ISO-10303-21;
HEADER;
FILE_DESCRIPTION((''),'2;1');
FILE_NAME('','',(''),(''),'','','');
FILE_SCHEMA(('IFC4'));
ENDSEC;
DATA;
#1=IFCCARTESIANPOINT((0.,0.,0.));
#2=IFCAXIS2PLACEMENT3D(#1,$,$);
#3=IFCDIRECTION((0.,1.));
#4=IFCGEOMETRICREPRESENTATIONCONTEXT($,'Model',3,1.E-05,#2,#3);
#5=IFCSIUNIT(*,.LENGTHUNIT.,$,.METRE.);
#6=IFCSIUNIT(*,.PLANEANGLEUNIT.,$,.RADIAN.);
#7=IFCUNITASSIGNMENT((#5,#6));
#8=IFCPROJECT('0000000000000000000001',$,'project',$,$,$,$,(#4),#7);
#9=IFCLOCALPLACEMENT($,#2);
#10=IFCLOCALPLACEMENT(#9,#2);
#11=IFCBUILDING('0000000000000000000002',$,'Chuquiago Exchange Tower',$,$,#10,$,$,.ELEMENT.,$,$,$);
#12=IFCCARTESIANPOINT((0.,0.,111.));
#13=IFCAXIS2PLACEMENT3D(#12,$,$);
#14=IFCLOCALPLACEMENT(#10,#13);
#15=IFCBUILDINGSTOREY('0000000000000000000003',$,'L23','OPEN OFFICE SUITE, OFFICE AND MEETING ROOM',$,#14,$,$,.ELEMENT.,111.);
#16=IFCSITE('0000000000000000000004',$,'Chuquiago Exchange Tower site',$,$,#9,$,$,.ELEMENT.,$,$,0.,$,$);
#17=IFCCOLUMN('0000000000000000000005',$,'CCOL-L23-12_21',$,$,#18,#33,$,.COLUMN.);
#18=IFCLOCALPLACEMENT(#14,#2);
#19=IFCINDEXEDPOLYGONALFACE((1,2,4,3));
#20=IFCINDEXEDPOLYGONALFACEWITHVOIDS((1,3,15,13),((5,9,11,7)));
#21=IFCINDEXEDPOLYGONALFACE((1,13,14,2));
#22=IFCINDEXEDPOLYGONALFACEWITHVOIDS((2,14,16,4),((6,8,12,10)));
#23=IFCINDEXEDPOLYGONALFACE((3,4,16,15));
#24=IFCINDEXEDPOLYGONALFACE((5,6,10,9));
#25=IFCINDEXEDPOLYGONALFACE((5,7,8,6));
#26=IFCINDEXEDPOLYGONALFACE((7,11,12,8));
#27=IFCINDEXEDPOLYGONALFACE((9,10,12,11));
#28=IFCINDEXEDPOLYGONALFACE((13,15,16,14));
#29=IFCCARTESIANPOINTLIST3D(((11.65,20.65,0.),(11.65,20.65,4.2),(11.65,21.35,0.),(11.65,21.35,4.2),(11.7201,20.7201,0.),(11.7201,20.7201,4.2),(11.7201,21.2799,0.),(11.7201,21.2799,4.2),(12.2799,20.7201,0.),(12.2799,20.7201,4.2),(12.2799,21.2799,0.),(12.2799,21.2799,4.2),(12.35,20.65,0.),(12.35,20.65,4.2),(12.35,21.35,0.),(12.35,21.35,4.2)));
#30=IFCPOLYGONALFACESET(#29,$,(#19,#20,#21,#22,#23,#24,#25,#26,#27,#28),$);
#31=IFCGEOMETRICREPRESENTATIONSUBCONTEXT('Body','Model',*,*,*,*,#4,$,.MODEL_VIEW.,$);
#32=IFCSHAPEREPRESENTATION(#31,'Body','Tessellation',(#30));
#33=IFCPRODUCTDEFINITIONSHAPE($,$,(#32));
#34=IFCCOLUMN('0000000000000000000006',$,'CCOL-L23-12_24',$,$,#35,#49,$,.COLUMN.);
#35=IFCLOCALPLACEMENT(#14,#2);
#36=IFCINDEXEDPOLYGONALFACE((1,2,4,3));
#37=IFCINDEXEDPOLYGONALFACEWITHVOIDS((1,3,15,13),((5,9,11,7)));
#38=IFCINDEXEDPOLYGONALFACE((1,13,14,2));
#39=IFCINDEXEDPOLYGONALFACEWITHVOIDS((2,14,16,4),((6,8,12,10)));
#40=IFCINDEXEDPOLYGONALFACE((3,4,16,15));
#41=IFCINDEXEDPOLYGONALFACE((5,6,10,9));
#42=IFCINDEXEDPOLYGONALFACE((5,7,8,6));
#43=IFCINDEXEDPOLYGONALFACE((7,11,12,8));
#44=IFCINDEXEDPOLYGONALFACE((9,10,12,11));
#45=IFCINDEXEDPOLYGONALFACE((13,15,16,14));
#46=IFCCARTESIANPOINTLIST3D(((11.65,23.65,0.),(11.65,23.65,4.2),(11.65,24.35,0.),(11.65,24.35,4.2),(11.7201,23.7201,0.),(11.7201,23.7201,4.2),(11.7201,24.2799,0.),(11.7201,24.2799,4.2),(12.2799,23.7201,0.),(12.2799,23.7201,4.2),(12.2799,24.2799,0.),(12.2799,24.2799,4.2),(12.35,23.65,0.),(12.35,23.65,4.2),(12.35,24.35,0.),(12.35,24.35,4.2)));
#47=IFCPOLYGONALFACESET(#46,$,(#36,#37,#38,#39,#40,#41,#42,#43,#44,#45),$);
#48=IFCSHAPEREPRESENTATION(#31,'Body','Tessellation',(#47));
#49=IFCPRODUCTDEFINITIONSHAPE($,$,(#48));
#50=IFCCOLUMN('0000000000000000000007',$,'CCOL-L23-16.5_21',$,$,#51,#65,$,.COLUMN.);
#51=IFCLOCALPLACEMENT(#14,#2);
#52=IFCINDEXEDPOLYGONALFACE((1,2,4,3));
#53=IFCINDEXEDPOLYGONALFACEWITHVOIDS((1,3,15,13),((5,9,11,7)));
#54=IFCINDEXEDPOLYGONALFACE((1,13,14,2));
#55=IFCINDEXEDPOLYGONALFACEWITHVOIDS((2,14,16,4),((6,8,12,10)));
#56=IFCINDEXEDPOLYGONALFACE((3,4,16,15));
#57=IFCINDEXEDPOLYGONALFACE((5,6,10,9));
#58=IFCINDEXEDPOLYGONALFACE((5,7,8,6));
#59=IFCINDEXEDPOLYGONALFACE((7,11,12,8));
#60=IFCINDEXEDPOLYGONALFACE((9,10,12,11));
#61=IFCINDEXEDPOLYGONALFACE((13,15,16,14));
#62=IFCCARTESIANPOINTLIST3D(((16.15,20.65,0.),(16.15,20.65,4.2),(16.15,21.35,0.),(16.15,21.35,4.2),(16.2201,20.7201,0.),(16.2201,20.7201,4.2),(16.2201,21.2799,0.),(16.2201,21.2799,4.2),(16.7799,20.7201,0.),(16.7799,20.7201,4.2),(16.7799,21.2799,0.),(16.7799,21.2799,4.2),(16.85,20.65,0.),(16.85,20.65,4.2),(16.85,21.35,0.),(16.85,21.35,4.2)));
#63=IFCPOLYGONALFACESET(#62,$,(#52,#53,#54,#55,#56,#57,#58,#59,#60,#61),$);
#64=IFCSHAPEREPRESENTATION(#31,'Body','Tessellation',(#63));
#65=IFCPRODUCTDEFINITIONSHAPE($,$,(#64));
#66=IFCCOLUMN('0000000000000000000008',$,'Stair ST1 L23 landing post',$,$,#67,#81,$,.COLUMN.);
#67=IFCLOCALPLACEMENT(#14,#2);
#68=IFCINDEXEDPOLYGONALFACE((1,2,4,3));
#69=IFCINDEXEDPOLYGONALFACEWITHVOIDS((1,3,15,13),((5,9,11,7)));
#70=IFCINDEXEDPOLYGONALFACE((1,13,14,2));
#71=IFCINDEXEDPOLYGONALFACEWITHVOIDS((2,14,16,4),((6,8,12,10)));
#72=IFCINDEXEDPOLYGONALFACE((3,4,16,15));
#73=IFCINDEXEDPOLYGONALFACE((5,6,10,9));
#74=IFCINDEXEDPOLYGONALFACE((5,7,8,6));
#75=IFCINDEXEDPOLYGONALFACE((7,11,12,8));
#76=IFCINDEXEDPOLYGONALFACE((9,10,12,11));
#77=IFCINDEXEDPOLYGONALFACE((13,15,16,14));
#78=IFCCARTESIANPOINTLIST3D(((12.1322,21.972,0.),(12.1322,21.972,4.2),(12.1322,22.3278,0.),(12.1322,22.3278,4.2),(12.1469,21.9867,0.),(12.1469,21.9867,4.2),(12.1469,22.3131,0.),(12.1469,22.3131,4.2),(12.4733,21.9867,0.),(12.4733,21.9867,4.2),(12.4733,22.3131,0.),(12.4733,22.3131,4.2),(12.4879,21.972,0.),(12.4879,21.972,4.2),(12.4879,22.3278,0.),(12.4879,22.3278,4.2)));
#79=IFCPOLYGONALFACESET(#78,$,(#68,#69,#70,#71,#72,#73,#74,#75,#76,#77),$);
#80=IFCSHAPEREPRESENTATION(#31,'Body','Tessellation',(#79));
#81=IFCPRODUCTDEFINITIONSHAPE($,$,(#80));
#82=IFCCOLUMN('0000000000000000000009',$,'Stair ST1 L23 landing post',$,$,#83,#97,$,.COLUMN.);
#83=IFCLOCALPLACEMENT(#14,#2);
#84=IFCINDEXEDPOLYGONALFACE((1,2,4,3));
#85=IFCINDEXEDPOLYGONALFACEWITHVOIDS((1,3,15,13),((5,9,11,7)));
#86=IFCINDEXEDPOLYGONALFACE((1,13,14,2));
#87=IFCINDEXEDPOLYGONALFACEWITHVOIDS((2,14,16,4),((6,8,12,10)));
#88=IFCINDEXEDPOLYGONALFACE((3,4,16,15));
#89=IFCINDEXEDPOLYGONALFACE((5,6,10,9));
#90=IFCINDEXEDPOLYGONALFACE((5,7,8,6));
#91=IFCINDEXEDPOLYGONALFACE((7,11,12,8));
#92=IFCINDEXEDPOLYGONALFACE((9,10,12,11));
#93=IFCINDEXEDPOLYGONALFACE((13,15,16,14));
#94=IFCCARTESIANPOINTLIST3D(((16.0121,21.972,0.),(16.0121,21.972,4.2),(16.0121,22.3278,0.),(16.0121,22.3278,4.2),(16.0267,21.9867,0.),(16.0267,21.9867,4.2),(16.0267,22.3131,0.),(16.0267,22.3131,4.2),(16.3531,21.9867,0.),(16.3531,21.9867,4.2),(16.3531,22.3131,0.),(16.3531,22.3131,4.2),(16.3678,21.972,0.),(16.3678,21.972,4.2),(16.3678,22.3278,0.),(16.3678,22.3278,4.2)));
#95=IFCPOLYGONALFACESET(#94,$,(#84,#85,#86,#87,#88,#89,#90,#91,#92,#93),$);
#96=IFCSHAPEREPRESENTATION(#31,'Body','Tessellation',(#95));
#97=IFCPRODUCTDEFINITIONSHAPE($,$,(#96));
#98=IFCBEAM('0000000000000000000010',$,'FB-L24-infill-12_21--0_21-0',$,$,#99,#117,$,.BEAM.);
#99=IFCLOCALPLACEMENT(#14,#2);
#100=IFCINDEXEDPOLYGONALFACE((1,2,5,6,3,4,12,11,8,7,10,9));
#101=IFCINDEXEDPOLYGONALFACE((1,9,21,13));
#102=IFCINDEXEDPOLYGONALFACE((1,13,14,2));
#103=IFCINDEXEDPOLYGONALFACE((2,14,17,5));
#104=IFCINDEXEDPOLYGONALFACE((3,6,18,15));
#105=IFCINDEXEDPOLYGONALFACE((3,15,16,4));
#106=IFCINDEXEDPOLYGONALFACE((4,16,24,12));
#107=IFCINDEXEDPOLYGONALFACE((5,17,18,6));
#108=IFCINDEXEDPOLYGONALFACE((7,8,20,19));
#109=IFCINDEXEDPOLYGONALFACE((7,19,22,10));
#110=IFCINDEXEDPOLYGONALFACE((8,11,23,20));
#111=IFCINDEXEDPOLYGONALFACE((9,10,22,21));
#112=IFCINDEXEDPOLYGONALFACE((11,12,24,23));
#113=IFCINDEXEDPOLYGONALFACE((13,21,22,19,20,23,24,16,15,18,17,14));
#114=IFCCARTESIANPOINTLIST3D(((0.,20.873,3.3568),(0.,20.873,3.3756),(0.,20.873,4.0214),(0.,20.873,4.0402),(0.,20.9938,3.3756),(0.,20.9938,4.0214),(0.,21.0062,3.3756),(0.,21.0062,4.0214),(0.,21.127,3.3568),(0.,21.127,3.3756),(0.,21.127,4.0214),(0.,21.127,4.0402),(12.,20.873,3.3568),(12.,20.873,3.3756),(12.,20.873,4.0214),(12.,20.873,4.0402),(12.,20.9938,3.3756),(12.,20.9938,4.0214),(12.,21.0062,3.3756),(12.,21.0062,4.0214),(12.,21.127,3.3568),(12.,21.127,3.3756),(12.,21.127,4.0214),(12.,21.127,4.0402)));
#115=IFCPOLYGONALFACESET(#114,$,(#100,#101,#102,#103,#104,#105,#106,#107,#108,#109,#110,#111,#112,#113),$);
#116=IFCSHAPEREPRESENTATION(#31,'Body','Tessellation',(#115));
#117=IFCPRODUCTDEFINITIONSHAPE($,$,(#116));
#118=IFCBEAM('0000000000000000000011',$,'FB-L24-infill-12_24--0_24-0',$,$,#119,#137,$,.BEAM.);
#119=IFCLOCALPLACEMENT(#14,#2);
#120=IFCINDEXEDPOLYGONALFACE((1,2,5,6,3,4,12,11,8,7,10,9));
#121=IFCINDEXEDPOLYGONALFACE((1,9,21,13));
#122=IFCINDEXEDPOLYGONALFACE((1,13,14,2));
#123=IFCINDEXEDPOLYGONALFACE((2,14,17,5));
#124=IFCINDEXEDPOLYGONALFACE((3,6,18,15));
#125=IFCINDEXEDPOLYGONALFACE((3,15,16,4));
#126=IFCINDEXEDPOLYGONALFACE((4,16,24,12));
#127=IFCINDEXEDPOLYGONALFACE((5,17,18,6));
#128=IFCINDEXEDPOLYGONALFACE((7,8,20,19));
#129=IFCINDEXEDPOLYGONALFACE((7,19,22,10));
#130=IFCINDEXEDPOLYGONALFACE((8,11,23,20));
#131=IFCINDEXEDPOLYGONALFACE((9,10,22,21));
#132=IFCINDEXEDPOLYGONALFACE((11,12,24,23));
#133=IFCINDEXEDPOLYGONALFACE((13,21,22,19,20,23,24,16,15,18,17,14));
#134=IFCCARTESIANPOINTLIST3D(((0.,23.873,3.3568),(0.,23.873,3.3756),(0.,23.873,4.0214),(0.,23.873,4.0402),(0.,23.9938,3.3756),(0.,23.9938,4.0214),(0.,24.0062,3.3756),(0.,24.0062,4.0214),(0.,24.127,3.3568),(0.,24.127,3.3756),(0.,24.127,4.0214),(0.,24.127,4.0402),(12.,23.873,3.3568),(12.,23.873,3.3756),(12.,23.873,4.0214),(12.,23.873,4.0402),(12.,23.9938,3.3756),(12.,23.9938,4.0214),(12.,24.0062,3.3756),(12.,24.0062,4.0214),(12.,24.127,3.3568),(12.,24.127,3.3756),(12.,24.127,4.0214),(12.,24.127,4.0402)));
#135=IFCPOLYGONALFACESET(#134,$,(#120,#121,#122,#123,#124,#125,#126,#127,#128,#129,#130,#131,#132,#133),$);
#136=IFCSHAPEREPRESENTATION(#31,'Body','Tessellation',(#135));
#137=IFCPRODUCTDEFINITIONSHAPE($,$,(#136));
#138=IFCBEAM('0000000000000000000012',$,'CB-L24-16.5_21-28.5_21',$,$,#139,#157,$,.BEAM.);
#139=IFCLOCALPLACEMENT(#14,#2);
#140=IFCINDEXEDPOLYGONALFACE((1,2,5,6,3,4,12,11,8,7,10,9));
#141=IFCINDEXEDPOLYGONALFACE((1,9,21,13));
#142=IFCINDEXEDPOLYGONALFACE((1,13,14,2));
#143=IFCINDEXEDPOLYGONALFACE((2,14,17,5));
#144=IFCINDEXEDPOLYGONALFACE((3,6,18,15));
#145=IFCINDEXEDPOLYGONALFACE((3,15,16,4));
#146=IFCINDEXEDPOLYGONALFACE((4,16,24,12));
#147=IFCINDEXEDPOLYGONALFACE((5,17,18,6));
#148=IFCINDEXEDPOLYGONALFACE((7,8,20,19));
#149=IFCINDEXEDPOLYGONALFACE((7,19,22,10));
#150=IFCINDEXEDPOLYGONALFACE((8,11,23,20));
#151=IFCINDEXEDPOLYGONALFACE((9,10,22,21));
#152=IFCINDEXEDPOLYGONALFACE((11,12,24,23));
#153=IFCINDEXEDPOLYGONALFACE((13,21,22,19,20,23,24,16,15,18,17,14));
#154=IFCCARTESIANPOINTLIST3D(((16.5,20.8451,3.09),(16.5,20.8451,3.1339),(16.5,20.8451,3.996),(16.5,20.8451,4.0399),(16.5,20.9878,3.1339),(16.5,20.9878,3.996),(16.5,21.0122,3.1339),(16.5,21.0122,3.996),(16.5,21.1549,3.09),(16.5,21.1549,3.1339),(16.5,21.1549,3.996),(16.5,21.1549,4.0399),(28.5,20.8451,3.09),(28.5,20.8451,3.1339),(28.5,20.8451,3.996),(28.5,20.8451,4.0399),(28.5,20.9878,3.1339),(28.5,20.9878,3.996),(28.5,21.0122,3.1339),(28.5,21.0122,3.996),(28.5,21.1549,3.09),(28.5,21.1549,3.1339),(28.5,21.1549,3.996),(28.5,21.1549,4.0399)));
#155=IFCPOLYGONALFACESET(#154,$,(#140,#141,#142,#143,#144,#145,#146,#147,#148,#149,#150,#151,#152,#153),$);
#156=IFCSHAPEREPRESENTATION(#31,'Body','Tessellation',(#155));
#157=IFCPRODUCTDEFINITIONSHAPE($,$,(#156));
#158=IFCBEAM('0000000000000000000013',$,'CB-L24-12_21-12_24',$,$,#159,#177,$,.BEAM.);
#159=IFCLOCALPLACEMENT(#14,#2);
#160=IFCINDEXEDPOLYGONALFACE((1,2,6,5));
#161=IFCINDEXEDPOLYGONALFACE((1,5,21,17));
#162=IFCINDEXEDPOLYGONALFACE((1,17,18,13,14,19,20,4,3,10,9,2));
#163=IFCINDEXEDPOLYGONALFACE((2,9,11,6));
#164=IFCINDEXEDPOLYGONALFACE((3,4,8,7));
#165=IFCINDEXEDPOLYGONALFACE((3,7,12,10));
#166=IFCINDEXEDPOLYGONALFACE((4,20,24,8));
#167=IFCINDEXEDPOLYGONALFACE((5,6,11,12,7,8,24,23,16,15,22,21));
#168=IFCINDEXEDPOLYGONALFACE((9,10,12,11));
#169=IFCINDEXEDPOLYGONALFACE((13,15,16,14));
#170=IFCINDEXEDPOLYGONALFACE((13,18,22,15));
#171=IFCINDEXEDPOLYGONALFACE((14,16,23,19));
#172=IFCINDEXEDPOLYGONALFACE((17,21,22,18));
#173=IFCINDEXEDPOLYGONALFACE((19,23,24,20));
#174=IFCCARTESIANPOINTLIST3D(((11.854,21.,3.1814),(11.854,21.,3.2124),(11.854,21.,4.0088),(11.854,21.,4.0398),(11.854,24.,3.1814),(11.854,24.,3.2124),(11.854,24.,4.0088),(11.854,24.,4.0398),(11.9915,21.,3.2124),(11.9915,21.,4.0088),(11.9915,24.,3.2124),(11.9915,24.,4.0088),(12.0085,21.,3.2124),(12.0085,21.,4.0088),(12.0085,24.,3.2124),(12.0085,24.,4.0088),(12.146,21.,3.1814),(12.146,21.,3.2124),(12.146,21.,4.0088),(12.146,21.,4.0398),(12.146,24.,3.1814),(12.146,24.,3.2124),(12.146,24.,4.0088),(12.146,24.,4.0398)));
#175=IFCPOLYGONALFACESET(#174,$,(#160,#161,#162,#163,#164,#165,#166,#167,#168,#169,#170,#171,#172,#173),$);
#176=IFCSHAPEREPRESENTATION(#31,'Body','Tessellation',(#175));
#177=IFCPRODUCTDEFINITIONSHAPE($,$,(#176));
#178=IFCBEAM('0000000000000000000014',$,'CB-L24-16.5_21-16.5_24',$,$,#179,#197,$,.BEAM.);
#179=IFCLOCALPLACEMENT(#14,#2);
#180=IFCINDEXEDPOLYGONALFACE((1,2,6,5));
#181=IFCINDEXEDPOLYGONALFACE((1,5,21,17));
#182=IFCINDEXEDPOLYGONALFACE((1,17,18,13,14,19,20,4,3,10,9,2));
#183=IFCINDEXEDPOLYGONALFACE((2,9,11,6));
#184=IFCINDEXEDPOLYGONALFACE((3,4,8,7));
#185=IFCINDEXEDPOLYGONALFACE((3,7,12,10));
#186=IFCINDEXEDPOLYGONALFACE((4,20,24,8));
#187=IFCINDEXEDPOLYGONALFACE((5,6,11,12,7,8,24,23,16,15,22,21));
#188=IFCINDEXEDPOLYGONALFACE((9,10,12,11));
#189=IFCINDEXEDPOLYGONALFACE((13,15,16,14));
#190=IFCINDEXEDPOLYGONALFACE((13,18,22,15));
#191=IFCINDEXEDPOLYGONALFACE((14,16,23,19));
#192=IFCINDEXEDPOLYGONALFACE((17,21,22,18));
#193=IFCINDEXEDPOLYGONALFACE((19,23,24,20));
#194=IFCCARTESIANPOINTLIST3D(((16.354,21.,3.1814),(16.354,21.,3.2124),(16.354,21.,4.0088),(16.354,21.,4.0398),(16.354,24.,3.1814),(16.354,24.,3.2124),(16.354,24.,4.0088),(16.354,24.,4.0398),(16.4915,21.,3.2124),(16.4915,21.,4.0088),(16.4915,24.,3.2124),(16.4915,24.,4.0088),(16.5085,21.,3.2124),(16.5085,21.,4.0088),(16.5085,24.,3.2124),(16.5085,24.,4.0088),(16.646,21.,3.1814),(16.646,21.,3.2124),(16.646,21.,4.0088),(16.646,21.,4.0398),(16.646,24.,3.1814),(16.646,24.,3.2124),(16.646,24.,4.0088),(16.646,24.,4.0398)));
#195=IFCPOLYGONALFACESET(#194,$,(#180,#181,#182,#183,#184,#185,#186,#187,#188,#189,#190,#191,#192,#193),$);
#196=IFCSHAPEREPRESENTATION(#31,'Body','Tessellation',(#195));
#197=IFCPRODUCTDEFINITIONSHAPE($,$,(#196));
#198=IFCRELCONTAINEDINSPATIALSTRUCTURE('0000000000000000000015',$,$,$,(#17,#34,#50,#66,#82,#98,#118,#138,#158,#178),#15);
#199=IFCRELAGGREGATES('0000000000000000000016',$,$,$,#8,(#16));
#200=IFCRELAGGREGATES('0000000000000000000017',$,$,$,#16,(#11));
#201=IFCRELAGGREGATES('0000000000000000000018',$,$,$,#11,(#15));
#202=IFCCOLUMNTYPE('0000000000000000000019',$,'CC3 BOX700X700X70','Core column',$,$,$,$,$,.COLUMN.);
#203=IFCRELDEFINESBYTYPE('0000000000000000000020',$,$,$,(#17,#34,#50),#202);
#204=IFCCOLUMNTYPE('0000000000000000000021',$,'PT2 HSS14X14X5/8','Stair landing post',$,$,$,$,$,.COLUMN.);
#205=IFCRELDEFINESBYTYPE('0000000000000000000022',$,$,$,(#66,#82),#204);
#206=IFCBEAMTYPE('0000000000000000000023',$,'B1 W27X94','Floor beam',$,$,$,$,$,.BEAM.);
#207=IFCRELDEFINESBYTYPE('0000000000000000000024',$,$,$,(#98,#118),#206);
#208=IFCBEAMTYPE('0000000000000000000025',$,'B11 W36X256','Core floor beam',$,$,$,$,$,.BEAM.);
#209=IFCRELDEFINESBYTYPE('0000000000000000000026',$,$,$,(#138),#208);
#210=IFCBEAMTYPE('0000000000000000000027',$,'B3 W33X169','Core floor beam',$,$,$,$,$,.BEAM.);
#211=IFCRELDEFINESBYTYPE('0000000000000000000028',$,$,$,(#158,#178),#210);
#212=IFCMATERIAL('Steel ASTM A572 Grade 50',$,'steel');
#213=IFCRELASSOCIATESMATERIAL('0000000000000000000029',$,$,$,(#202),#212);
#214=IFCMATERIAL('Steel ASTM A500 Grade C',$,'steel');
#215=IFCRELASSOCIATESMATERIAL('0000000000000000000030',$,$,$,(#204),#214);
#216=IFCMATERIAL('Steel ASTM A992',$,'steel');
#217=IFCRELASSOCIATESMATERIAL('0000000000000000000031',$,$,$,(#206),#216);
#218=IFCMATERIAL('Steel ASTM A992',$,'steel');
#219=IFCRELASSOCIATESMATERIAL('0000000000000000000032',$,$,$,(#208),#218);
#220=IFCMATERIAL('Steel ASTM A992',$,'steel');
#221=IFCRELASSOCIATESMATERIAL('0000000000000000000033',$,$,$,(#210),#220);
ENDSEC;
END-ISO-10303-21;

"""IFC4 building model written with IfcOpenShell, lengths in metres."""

from ifc_helpers import new_model, si_unit, direction, frame, origin, origin_2d, place, context, subcontext, project, spatial, hollow_rectangle, i_section, extrude, material, material_profile, profile_set, type_object, element, save


model = new_model("IFC4")

# Units and contexts
model_context = context("Model", 3, precision=1e-05, world=origin(), true_north=direction((0.0, 1.0)))
body_context = subcontext(model_context, "Body", "Model", "MODEL_VIEW")
ifc_project = project(units=[si_unit("LENGTHUNIT", "METRE"), si_unit("PLANEANGLEUNIT", "RADIAN")], contexts=[model_context])

# Site, building, storey
site_placement = place(None, origin())
site = spatial("IfcSite", under=ifc_project, at=site_placement, Name="Chuquiago Exchange Tower site", CompositionType="ELEMENT", RefElevation=0.0)
building_placement = place(site_placement, origin())
building = spatial("IfcBuilding", under=site, at=building_placement, Name="Chuquiago Exchange Tower", CompositionType="ELEMENT")
storey_placement = place(building_placement, frame((0.0, 0.0, 111.0)))
storey = spatial("IfcBuildingStorey", under=building, at=storey_placement, Name="L23", Description="OPEN OFFICE SUITE, OFFICE AND MEETING ROOM", CompositionType="ELEMENT", Elevation=111.0)

# Columns
ifc_material_1 = material(Name="Steel ASTM A572 Grade 50", Category="steel")
ifc_material_profile_1 = material_profile(ifc_material_1, hollow_rectangle(XDim=0.7, YDim=0.7, WallThickness=0.0701, at=origin_2d()), Name="BOX700X700X70")
ifc_profile_set_1 = profile_set([ifc_material_profile_1], Name="Steel ASTM A572 Grade 50")
column_type_1 = type_object("IfcColumnType", Name="CC3 BOX700X700X70", Description="Core column", PredefinedType="COLUMN", material=ifc_profile_set_1)
for number, where, z_axis, x_axis, name in (
    (1, (12.0, 21.0, 0.0), (0.0, 0.0, 1.0), (1.0, 0.0, 0.0), "CCOL-L23-12_21"),
    (2, (12.0, 24.0, 0.0), (0.0, 0.0, 1.0), (1.0, 0.0, 0.0), "CCOL-L23-12_24"),
    (3, (16.5, 21.0, 0.0), (0.0, 0.0, 1.0), (1.0, 0.0, 0.0), "CCOL-L23-16.5_21"),
):
    element("IfcColumn", number, at=place(storey_placement, frame(where, z_axis=z_axis, x_axis=x_axis)), inside=storey, type_object=column_type_1, Name=name, PredefinedType="COLUMN", context=body_context, shape_type="SweptSolid", body=[
        extrude(hollow_rectangle(XDim=0.7, YDim=0.7, WallThickness=0.0701, at=origin_2d()), origin(), (0.0, 0.0, 1.0), 4.2),
    ])
ifc_material_2 = material(Name="Steel ASTM A500 Grade C", Category="steel")
ifc_material_profile_2 = material_profile(ifc_material_2, hollow_rectangle(XDim=0.3557, YDim=0.3557, WallThickness=0.0146, at=origin_2d()), Name="HSS14X14X5/8")
ifc_profile_set_2 = profile_set([ifc_material_profile_2], Name="Steel ASTM A500 Grade C")
column_type_2 = type_object("IfcColumnType", Name="PT2 HSS14X14X5/8", Description="Stair landing post", PredefinedType="COLUMN", material=ifc_profile_set_2)
for number, where, z_axis, x_axis, name in (
    (4, (12.3101, 22.1499, 0.0), (0.0, 0.0, 1.0), (1.0, 0.0, 0.0), "Stair ST1 L23 landing post"),
    (5, (16.1899, 22.1499, 0.0), (0.0, 0.0, 1.0), (1.0, 0.0, 0.0), "Stair ST1 L23 landing post"),
):
    element("IfcColumn", number, at=place(storey_placement, frame(where, z_axis=z_axis, x_axis=x_axis)), inside=storey, type_object=column_type_2, Name=name, PredefinedType="COLUMN", context=body_context, shape_type="SweptSolid", body=[
        extrude(hollow_rectangle(XDim=0.3557, YDim=0.3557, WallThickness=0.0146, at=origin_2d()), origin(), (0.0, 0.0, 1.0), 4.2),
    ])

# Beams
ifc_material_3 = material(Name="Steel ASTM A992", Category="steel")
ifc_material_profile_3 = material_profile(ifc_material_3, i_section(OverallWidth=0.2539, OverallDepth=0.6833, WebThickness=0.0125, FlangeThickness=0.0188, at=origin_2d()), Name="W27X94")
ifc_profile_set_3 = profile_set([ifc_material_profile_3], Name="Steel ASTM A992")
beam_type_1 = type_object("IfcBeamType", Name="B1 W27X94", Description="Floor beam", PredefinedType="BEAM", material=ifc_profile_set_3)
for number, where, z_axis, x_axis, name in (
    (6, (12.0, 21.0, 3.6985), (-1.0, 0.0, 0.0), (0.0, -1.0, 0.0), "FB-L24-infill-12_21--0_21-0"),
    (7, (12.0, 24.0, 3.6985), (-1.0, 0.0, 0.0), (0.0, -1.0, 0.0), "FB-L24-infill-12_24--0_24-0"),
):
    element("IfcBeam", number, at=place(storey_placement, frame(where, z_axis=z_axis, x_axis=x_axis)), inside=storey, type_object=beam_type_1, Name=name, PredefinedType="BEAM", context=body_context, shape_type="SweptSolid", body=[
        extrude(i_section(OverallWidth=0.2539, OverallDepth=0.6833, WebThickness=0.0125, FlangeThickness=0.0188, at=origin_2d()), origin(), (0.0, 0.0, 1.0), 12.0),
    ])
ifc_material_4 = material(Name="Steel ASTM A992", Category="steel")
ifc_material_profile_4 = material_profile(ifc_material_4, i_section(OverallWidth=0.3098, OverallDepth=0.95, WebThickness=0.0244, FlangeThickness=0.0439, at=origin_2d()), Name="W36X256")
ifc_profile_set_4 = profile_set([ifc_material_profile_4], Name="Steel ASTM A992")
beam_type_2 = type_object("IfcBeamType", Name="B11 W36X256", Description="Core floor beam", PredefinedType="BEAM", material=ifc_profile_set_4)
beam_placement = place(storey_placement, frame((16.5, 21.0, 3.5649), z_axis=(1.0, 0.0, 0.0), x_axis=(0.0, 1.0, 0.0)))
element("IfcBeam", 8, at=beam_placement, inside=storey, type_object=beam_type_2, Name="CB-L24-16.5_21-28.5_21", PredefinedType="BEAM", context=body_context, shape_type="SweptSolid", body=[
    extrude(i_section(OverallWidth=0.3098, OverallDepth=0.95, WebThickness=0.0244, FlangeThickness=0.0439, at=origin_2d()), origin(), (0.0, 0.0, 1.0), 12.0),
])
ifc_material_5 = material(Name="Steel ASTM A992", Category="steel")
ifc_material_profile_5 = material_profile(ifc_material_5, i_section(OverallWidth=0.292, OverallDepth=0.8584, WebThickness=0.0171, FlangeThickness=0.031, at=origin_2d()), Name="W33X169")
ifc_profile_set_5 = profile_set([ifc_material_profile_5], Name="Steel ASTM A992")
beam_type_3 = type_object("IfcBeamType", Name="B3 W33X169", Description="Core floor beam", PredefinedType="BEAM", material=ifc_profile_set_5)
for number, where, z_axis, x_axis, name in (
    (9, (12.0, 21.0, 3.6106), (0.0, 1.0, 0.0), (-1.0, 0.0, 0.0), "CB-L24-12_21-12_24"),
    (10, (16.5, 21.0, 3.6106), (0.0, 1.0, 0.0), (-1.0, 0.0, 0.0), "CB-L24-16.5_21-16.5_24"),
):
    element("IfcBeam", number, at=place(storey_placement, frame(where, z_axis=z_axis, x_axis=x_axis)), inside=storey, type_object=beam_type_3, Name=name, PredefinedType="BEAM", context=body_context, shape_type="SweptSolid", body=[
        extrude(i_section(OverallWidth=0.292, OverallDepth=0.8584, WebThickness=0.0171, FlangeThickness=0.031, at=origin_2d()), origin(), (0.0, 0.0, 1.0), 3.0),
    ])

save(model, "model.ifc")
